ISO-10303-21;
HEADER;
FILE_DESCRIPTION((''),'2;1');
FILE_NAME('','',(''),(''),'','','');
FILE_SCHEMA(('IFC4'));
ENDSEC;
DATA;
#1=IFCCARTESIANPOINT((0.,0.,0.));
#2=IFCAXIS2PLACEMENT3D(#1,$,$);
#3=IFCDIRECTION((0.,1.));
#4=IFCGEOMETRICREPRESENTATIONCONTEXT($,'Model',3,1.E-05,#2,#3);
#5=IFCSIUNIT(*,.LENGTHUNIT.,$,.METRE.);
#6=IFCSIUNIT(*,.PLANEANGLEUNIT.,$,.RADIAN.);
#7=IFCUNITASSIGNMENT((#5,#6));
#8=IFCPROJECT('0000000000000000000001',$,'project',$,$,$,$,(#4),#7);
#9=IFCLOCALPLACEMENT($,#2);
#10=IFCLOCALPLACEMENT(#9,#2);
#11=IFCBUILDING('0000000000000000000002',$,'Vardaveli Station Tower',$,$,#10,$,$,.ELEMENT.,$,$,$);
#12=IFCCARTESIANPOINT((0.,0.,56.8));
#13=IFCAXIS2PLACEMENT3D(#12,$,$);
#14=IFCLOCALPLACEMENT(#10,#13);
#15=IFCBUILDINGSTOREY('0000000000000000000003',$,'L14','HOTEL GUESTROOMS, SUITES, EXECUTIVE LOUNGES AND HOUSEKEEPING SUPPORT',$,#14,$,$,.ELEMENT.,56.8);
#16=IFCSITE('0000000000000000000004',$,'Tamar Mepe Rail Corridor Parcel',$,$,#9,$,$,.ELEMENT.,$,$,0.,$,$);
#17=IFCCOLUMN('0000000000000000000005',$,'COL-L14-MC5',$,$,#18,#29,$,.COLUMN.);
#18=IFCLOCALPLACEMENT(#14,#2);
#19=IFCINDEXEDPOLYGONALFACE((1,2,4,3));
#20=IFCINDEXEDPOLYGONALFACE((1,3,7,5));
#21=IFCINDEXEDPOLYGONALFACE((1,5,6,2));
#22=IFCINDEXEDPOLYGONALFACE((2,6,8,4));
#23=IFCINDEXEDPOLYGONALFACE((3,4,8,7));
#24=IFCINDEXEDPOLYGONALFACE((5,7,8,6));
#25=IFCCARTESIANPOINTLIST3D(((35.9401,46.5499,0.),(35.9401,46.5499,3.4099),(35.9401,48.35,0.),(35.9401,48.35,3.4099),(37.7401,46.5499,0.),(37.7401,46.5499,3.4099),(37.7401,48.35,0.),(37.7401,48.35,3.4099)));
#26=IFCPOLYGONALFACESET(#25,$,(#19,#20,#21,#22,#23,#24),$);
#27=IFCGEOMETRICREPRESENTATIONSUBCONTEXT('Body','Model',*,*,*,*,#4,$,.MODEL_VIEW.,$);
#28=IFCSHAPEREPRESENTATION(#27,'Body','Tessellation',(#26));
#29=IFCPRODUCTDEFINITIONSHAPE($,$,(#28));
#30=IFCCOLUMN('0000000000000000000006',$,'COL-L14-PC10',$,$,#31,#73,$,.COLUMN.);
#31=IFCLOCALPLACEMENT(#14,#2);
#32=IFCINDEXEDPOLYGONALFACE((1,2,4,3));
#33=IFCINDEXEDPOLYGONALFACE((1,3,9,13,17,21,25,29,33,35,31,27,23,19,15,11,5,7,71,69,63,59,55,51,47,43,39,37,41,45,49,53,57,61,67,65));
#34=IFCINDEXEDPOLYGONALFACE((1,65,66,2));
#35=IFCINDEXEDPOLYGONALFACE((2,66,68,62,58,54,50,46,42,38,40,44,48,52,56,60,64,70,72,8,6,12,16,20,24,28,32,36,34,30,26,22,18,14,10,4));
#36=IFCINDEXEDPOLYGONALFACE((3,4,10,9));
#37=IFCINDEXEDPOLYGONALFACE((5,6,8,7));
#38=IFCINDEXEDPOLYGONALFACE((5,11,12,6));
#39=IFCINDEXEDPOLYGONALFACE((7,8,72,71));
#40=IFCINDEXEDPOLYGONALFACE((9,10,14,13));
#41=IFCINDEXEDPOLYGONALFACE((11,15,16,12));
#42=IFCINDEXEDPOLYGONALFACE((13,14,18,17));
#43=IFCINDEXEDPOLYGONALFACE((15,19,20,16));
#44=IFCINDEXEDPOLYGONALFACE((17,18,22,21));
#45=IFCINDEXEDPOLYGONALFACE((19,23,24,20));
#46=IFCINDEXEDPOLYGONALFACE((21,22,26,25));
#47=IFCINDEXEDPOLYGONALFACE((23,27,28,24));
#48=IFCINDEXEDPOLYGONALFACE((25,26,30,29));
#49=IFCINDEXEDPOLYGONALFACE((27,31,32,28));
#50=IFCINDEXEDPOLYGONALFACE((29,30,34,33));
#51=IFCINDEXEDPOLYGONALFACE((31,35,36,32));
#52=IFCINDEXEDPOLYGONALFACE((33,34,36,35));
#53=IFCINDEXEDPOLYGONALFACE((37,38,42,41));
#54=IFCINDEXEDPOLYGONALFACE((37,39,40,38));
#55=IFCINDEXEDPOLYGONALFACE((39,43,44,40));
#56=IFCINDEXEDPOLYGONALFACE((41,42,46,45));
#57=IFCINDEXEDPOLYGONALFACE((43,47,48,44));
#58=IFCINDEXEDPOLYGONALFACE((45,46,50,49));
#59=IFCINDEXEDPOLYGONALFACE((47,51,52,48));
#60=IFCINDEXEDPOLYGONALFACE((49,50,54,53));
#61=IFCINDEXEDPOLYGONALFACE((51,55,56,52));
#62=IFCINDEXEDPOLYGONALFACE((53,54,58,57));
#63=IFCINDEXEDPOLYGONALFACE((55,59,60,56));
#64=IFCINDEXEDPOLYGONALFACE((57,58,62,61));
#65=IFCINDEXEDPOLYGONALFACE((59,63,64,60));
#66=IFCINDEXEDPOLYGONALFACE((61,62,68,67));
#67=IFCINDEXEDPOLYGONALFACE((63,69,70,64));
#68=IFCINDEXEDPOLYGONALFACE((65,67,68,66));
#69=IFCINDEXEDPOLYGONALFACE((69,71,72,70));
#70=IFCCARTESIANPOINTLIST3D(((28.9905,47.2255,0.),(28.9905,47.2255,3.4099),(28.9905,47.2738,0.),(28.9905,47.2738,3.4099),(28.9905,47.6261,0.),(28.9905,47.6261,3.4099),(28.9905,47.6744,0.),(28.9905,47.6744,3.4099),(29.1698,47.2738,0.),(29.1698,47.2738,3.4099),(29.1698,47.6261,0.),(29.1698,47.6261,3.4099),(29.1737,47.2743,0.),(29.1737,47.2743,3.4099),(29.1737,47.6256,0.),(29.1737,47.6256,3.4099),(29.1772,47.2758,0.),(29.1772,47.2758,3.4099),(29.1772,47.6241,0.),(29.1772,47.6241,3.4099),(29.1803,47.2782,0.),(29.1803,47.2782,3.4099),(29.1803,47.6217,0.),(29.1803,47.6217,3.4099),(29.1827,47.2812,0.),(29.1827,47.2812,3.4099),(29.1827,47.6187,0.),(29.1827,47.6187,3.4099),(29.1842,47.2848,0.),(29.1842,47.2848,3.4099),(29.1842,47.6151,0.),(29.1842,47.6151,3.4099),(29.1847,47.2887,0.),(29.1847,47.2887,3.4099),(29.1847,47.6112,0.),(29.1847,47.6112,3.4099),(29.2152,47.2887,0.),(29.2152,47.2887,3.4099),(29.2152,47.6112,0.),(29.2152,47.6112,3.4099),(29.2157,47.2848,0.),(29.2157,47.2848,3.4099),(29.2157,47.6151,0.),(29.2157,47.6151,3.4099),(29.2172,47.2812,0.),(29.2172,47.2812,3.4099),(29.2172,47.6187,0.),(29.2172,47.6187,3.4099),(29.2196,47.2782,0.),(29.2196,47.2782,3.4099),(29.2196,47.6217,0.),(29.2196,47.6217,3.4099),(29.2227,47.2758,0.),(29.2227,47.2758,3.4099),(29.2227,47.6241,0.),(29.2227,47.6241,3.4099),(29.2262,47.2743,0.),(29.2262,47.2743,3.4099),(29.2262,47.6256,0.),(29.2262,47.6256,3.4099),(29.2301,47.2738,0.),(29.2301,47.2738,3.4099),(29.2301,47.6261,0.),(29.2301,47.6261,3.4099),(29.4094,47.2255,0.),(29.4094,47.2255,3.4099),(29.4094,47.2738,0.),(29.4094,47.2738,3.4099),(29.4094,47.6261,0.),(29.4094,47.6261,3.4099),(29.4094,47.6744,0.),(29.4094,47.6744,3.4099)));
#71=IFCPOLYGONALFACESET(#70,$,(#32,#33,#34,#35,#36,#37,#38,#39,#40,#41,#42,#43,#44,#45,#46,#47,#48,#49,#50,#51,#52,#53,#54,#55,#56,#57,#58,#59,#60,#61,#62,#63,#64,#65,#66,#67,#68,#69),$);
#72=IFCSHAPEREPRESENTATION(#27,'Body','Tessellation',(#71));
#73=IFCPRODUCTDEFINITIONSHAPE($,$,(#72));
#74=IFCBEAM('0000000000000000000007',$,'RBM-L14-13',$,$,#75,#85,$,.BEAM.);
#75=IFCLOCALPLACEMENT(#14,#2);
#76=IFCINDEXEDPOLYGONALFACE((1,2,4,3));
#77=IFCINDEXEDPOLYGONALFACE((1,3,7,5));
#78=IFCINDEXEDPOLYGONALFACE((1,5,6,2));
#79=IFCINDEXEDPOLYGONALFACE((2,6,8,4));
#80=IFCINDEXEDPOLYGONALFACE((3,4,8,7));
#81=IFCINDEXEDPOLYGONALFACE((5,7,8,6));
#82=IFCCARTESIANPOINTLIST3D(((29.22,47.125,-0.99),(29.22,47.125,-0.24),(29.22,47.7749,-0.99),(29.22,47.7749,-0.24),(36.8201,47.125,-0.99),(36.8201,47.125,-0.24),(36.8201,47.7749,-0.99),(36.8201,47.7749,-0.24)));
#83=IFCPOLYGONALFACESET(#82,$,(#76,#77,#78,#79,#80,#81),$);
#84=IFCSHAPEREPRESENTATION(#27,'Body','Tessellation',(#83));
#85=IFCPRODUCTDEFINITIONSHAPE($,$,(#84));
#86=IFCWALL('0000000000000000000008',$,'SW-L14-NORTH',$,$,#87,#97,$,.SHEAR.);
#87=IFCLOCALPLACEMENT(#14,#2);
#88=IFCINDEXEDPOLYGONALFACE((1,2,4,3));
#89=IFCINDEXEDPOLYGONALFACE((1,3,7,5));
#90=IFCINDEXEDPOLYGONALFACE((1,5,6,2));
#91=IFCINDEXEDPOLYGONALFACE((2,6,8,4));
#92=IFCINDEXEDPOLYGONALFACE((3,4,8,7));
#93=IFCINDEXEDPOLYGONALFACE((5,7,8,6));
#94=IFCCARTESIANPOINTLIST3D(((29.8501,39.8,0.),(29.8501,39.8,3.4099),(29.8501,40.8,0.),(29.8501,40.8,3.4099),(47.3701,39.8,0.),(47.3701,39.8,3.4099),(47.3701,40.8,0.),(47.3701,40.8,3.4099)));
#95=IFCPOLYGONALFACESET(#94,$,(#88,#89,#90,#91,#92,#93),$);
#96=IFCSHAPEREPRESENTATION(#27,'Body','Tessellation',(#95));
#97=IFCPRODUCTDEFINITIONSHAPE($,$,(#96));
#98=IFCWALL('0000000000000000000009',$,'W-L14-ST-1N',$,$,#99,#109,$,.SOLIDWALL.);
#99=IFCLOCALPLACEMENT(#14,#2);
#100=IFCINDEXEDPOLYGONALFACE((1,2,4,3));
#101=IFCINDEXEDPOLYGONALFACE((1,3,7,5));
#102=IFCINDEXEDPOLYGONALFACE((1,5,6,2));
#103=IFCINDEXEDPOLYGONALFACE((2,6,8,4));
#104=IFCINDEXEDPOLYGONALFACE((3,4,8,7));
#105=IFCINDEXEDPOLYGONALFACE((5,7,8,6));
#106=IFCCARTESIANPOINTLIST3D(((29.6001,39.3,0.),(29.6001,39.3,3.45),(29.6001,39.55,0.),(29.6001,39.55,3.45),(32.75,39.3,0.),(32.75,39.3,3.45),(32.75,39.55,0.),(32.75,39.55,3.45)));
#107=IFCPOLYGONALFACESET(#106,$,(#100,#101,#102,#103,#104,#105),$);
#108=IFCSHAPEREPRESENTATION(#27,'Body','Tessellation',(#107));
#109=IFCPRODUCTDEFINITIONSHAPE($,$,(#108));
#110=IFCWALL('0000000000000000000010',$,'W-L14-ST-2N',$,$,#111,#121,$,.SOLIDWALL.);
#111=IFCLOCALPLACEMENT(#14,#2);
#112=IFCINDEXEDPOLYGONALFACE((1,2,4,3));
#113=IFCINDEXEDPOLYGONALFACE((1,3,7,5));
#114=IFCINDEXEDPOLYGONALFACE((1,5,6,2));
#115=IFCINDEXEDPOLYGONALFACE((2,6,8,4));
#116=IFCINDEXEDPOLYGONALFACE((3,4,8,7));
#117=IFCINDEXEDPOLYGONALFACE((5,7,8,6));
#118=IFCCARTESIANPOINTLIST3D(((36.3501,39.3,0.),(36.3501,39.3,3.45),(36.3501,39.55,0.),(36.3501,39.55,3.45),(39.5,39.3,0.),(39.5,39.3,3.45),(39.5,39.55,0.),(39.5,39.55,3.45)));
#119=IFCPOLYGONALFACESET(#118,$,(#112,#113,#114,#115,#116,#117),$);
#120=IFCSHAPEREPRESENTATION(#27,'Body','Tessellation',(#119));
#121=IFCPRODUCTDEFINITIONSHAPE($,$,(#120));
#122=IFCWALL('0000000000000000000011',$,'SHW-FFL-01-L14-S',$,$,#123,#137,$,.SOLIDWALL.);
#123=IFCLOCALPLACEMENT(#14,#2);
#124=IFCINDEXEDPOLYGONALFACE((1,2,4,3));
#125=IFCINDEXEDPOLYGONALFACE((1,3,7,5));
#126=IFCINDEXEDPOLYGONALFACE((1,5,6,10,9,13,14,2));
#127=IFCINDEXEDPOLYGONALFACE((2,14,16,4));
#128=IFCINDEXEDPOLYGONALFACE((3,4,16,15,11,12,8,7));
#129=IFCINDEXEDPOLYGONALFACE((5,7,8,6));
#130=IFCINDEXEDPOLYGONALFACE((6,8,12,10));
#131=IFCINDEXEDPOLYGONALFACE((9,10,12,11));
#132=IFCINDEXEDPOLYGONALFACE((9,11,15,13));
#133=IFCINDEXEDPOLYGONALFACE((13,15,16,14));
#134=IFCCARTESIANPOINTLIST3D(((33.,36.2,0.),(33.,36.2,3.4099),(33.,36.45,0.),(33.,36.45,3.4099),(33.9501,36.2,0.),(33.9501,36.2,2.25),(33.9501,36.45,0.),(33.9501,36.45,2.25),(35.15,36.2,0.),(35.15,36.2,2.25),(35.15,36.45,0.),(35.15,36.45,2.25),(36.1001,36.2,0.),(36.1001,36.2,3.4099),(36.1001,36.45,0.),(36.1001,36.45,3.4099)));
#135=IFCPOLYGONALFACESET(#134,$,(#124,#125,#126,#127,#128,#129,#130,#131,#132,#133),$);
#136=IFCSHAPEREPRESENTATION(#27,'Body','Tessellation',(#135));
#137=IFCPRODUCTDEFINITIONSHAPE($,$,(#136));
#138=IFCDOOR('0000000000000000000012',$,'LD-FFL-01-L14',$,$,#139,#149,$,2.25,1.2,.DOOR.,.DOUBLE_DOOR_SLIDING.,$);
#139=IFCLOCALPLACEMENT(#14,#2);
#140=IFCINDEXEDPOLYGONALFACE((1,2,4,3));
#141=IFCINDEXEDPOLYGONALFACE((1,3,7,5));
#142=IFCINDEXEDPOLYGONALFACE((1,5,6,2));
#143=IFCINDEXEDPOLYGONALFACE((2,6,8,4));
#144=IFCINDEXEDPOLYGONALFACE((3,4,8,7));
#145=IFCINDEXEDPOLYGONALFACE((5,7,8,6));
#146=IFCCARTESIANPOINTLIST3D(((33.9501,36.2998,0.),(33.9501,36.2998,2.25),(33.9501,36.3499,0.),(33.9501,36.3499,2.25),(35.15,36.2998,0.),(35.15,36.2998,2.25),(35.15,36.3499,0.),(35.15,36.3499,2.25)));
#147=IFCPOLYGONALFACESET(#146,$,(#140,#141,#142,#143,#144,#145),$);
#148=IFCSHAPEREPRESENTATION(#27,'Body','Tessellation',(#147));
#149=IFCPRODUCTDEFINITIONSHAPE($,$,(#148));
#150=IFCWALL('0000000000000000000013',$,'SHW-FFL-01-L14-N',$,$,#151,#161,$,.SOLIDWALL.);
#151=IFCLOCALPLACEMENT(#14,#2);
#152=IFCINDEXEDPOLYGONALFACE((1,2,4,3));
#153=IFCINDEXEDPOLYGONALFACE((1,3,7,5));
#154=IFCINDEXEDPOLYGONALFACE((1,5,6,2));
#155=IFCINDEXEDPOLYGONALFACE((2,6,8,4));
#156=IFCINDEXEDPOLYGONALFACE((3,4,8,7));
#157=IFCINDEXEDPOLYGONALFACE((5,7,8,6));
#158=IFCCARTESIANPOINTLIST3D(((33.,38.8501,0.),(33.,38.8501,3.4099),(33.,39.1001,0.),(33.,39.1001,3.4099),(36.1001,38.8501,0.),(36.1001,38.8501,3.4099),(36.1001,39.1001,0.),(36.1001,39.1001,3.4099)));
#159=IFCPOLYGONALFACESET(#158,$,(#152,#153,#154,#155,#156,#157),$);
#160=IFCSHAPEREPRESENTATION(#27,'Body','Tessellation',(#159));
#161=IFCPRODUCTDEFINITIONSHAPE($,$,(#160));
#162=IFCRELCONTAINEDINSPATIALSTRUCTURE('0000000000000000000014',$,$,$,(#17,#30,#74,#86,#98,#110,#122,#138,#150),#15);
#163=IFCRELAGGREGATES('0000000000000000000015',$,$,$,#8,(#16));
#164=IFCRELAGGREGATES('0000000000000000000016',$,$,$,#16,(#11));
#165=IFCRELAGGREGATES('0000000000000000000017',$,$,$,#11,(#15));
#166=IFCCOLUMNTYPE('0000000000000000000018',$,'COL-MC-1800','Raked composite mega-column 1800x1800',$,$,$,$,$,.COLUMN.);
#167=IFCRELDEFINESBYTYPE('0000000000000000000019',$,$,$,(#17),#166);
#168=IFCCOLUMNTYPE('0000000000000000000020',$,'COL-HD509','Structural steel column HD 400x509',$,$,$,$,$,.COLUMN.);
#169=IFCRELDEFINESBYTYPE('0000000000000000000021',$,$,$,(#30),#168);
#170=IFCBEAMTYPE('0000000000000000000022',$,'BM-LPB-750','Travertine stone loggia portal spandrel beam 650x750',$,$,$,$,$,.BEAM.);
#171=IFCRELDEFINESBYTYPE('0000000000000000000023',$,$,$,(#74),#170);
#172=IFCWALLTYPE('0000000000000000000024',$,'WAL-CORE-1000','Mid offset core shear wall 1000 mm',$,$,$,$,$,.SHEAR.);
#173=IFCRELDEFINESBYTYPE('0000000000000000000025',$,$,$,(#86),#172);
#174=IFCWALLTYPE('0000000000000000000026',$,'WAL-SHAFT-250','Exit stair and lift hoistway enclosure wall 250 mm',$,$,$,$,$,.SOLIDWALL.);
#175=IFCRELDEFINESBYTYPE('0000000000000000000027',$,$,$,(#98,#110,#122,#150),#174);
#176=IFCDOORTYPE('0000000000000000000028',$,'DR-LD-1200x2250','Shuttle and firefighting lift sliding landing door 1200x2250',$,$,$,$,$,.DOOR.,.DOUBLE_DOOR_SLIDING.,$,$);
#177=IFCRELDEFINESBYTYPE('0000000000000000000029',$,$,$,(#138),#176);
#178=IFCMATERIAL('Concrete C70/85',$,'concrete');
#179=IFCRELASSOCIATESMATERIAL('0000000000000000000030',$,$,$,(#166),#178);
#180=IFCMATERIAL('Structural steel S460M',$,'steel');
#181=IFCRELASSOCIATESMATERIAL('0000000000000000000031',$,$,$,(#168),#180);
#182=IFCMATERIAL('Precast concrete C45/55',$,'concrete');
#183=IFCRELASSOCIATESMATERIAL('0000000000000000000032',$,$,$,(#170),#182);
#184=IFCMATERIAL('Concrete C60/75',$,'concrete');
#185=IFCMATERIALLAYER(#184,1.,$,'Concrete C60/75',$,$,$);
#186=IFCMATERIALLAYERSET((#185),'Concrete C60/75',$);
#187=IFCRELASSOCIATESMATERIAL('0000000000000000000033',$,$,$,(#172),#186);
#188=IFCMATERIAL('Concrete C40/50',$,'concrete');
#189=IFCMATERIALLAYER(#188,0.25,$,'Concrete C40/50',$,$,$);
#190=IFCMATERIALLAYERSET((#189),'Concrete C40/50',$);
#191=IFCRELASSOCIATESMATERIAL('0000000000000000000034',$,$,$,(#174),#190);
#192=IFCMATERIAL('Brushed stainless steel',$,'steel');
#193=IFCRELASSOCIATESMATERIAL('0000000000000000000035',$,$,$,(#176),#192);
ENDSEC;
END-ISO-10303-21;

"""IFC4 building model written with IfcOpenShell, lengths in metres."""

from ifc_helpers import new_model, si_unit, direction, frame, frame_2d, origin, origin_2d, place, context, subcontext, project, spatial, rectangle, i_section, extrude, source, transform, mapped, material, layer, layer_set, material_profile, profile_set, type_object, element, fill, save


model = new_model("IFC4")

# Units and contexts
model_context = context("Model", 3, precision=1e-05, world=origin(), true_north=direction((0.0, 1.0)))
body_context = subcontext(model_context, "Body", "Model", "MODEL_VIEW")
ifc_project = project(units=[si_unit("LENGTHUNIT", "METRE"), si_unit("PLANEANGLEUNIT", "RADIAN")], contexts=[model_context])

# Site, building, storey
site_placement = place(None, origin())
site = spatial("IfcSite", under=ifc_project, at=site_placement, Name="Tamar Mepe Rail Corridor Parcel", CompositionType="ELEMENT", RefElevation=0.0)
building_placement = place(site_placement, origin())
building = spatial("IfcBuilding", under=site, at=building_placement, Name="Vardaveli Station Tower", CompositionType="ELEMENT")
storey_placement = place(building_placement, frame((0.0, 0.0, 56.8)))
storey = spatial("IfcBuildingStorey", under=building, at=storey_placement, Name="L14", Description="HOTEL GUESTROOMS, SUITES, EXECUTIVE LOUNGES AND HOUSEKEEPING SUPPORT", CompositionType="ELEMENT", Elevation=56.8)

# Columns
ifc_material_1 = material(Name="Concrete C70/85", Category="concrete")
ifc_material_profile_1 = material_profile(ifc_material_1, rectangle(XDim=1.8, YDim=1.8, at=origin_2d()), Name="MC 1800x1800")
ifc_profile_set_1 = profile_set([ifc_material_profile_1], Name="Concrete C70/85")
column_type_1 = type_object("IfcColumnType", Name="COL-MC-1800", Description="Raked composite mega-column 1800x1800", PredefinedType="COLUMN", material=ifc_profile_set_1)
shared_shape_1 = source(origin(), body_context, "Body", "SweptSolid", [
    extrude(rectangle(XDim=1.8, YDim=1.8, at=origin_2d()), origin(), (0.0, 0.0, 1.0), 3.4099),
])
column_1_placement = place(storey_placement, frame((36.8401, 47.45, 0.0), z_axis=(0.0, 0.0, 1.0), x_axis=(1.0, 0.0, 0.0)))
element("IfcColumn", 1, at=column_1_placement, inside=storey, type_object=column_type_1, Name="COL-L14-MC5", PredefinedType="COLUMN", context=body_context, shape_type="MappedRepresentation", body=[
    mapped(shared_shape_1, transform((0.0, 0.0, 0.0), scale=1.0)),
])
ifc_material_2 = material(Name="Structural steel S460M", Category="steel")
ifc_material_profile_2 = material_profile(ifc_material_2, i_section(OverallWidth=0.4189, OverallDepth=0.449, WebThickness=0.0305, FlangeThickness=0.0483, FilletRadius=0.0149, at=origin_2d()), Name="HD 400x509")
ifc_profile_set_2 = profile_set([ifc_material_profile_2], Name="Structural steel S460M")
column_type_2 = type_object("IfcColumnType", Name="COL-HD509", Description="Structural steel column HD 400x509", PredefinedType="COLUMN", material=ifc_profile_set_2)
shared_shape_2 = source(origin(), body_context, "Body", "SweptSolid", [
    extrude(i_section(OverallWidth=0.4189, OverallDepth=0.449, WebThickness=0.0305, FlangeThickness=0.0483, FilletRadius=0.0149, at=origin_2d()), origin(), (0.0, 0.0, 1.0), 3.4099),
])
column_2_placement = place(storey_placement, frame((29.2, 47.45, 0.0), z_axis=(0.0, 0.0, 1.0), x_axis=(1.0, 0.0, 0.0)))
element("IfcColumn", 2, at=column_2_placement, inside=storey, type_object=column_type_2, Name="COL-L14-PC10", PredefinedType="COLUMN", context=body_context, shape_type="MappedRepresentation", body=[
    mapped(shared_shape_2, transform((0.0, 0.0, 0.0), scale=1.0)),
])

# Beam
ifc_material_3 = material(Name="Precast concrete C45/55", Category="concrete")
ifc_material_profile_3 = material_profile(ifc_material_3, rectangle(XDim=0.6499, YDim=0.75, at=origin_2d()), Name="LPB 650x750")
ifc_profile_set_3 = profile_set([ifc_material_profile_3], Name="Precast concrete C45/55")
beam_type = type_object("IfcBeamType", Name="BM-LPB-750", Description="Travertine stone loggia portal spandrel beam 650x750", PredefinedType="BEAM", material=ifc_profile_set_3)
shared_shape_3 = source(origin(), body_context, "Body", "SweptSolid", [
    extrude(rectangle(XDim=0.6499, YDim=0.75, at=origin_2d()), origin(), (0.0, 0.0, 1.0), 7.6001),
])
beam_placement = place(storey_placement, frame((36.8201, 47.45, -0.615), z_axis=(-1.0, 0.0, 0.0), x_axis=(0.0, -1.0, 0.0)))
element("IfcBeam", 3, at=beam_placement, inside=storey, type_object=beam_type, Name="RBM-L14-13", PredefinedType="BEAM", context=body_context, shape_type="MappedRepresentation", body=[
    mapped(shared_shape_3, transform((0.0, 0.0, 0.0), scale=1.0)),
])

# Walls
ifc_material_4 = material(Name="Concrete C60/75", Category="concrete")
ifc_layer_1 = layer(ifc_material_4, 1.0, Name="Concrete C60/75")
ifc_layer_set_1 = layer_set([ifc_layer_1], Name="Concrete C60/75")
wall_type_1 = type_object("IfcWallType", Name="WAL-CORE-1000", Description="Mid offset core shear wall 1000 mm", PredefinedType="SHEAR", material=ifc_layer_set_1)
shared_shape_4 = source(origin(), body_context, "Body", "SweptSolid", [
    extrude(rectangle(XDim=17.52, YDim=1.0, at=frame_2d((8.76, 0.0))), origin(), (0.0, 0.0, 1.0), 3.4099),
])
wall_1_placement = place(storey_placement, frame((29.8501, 40.3, 0.0), z_axis=(0.0, 0.0, 1.0), x_axis=(1.0, 0.0, 0.0)))
element("IfcWall", 4, at=wall_1_placement, inside=storey, type_object=wall_type_1, Name="SW-L14-NORTH", PredefinedType="SHEAR", context=body_context, shape_type="MappedRepresentation", body=[
    mapped(shared_shape_4, transform((0.0, 0.0, 0.0), scale=1.0)),
])
ifc_material_5 = material(Name="Concrete C40/50", Category="concrete")
ifc_layer_2 = layer(ifc_material_5, 0.25, Name="Concrete C40/50")
ifc_layer_set_2 = layer_set([ifc_layer_2], Name="Concrete C40/50")
wall_type_2 = type_object("IfcWallType", Name="WAL-SHAFT-250", Description="Exit stair and lift hoistway enclosure wall 250 mm", PredefinedType="SOLIDWALL", material=ifc_layer_set_2)
shared_shape_5 = source(origin(), body_context, "Body", "SweptSolid", [
    extrude(rectangle(XDim=3.1499, YDim=0.25, at=frame_2d((1.575, 0.0))), origin(), (0.0, 0.0, 1.0), 3.45),
])
for number, where, z_axis, x_axis, name in (
    (5, (29.6001, 39.425, 0.0), (0.0, 0.0, 1.0), (1.0, 0.0, 0.0), "W-L14-ST-1N"),
    (6, (36.3501, 39.425, 0.0), (0.0, 0.0, 1.0), (1.0, 0.0, 0.0), "W-L14-ST-2N"),
):
    element("IfcWall", number, at=place(storey_placement, frame(where, z_axis=z_axis, x_axis=x_axis)), inside=storey, type_object=wall_type_2, Name=name, PredefinedType="SOLIDWALL", context=body_context, shape_type="MappedRepresentation", body=[
        mapped(shared_shape_5, transform((0.0, 0.0, 0.0), scale=1.0)),
    ])

# Wall, opening, door
shared_shape_6 = source(origin(), body_context, "Body", "SweptSolid", [
    extrude(rectangle(XDim=3.1001, YDim=0.25, at=frame_2d((1.55, 0.0))), origin(), (0.0, 0.0, 1.0), 3.4099),
])
wall_2_placement = place(storey_placement, frame((33.0, 36.325, 0.0), z_axis=(0.0, 0.0, 1.0), x_axis=(1.0, 0.0, 0.0)))
wall_2 = element("IfcWall", 7, at=wall_2_placement, inside=storey, type_object=wall_type_2, Name="SHW-FFL-01-L14-S", PredefinedType="SOLIDWALL", context=body_context, shape_type="MappedRepresentation", body=[
    mapped(shared_shape_6, transform((0.0, 0.0, 0.0), scale=1.0)),
])
shared_shape_7 = source(origin(), body_context, "Body", "SweptSolid", [
    extrude(rectangle(XDim=1.2, YDim=2.25, at=frame_2d((0.6001, 1.125))), frame((0.0, 0.135, 0.0), z_axis=(0.0, -1.0, 0.0), x_axis=(1.0, 0.0, 0.0)), (0.0, 0.0, 1.0), 0.27),
])
opening_1_placement = place(wall_2_placement, frame((0.95, 0.0, 0.0)))
opening_1 = element("IfcOpeningElement", 8, at=opening_1_placement, cuts=wall_2, PredefinedType="OPENING", context=body_context, shape_type="MappedRepresentation", body=[
    mapped(shared_shape_7, transform((0.0, 0.0, 0.0), scale=1.0)),
])
ifc_material_6 = material(Name="Brushed stainless steel", Category="steel")
door_type = type_object("IfcDoorType", Name="DR-LD-1200x2250", Description="Shuttle and firefighting lift sliding landing door 1200x2250", OperationType="DOUBLE_DOOR_SLIDING", PredefinedType="DOOR", material=ifc_material_6)
shared_shape_8 = source(origin(), body_context, "Body", "SweptSolid", [
    extrude(rectangle(XDim=1.2, YDim=2.25, at=frame_2d((0.6001, 1.125))), frame((0.0, 0.0249, 0.0), z_axis=(0.0, -1.0, 0.0), x_axis=(1.0, 0.0, 0.0)), (0.0, 0.0, 1.0), 0.05),
])
door_1_placement = place(opening_1_placement, origin())
door_1 = element("IfcDoor", 9, at=door_1_placement, inside=storey, type_object=door_type, Name="LD-FFL-01-L14", OperationType="DOUBLE_DOOR_SLIDING", OverallHeight=2.25, OverallWidth=1.2, PredefinedType="DOOR", context=body_context, shape_type="MappedRepresentation", body=[
    mapped(shared_shape_8, transform((0.0, 0.0, 0.0), scale=1.0)),
])
fill(opening_1, door_1)

# Wall
wall_3_placement = place(storey_placement, frame((33.0, 38.9751, 0.0), z_axis=(0.0, 0.0, 1.0), x_axis=(1.0, 0.0, 0.0)))
element("IfcWall", 10, at=wall_3_placement, inside=storey, type_object=wall_type_2, Name="SHW-FFL-01-L14-N", PredefinedType="SOLIDWALL", context=body_context, shape_type="MappedRepresentation", body=[
    mapped(shared_shape_6, transform((0.0, 0.0, 0.0), scale=1.0)),
])

save(model, "model.ifc")
